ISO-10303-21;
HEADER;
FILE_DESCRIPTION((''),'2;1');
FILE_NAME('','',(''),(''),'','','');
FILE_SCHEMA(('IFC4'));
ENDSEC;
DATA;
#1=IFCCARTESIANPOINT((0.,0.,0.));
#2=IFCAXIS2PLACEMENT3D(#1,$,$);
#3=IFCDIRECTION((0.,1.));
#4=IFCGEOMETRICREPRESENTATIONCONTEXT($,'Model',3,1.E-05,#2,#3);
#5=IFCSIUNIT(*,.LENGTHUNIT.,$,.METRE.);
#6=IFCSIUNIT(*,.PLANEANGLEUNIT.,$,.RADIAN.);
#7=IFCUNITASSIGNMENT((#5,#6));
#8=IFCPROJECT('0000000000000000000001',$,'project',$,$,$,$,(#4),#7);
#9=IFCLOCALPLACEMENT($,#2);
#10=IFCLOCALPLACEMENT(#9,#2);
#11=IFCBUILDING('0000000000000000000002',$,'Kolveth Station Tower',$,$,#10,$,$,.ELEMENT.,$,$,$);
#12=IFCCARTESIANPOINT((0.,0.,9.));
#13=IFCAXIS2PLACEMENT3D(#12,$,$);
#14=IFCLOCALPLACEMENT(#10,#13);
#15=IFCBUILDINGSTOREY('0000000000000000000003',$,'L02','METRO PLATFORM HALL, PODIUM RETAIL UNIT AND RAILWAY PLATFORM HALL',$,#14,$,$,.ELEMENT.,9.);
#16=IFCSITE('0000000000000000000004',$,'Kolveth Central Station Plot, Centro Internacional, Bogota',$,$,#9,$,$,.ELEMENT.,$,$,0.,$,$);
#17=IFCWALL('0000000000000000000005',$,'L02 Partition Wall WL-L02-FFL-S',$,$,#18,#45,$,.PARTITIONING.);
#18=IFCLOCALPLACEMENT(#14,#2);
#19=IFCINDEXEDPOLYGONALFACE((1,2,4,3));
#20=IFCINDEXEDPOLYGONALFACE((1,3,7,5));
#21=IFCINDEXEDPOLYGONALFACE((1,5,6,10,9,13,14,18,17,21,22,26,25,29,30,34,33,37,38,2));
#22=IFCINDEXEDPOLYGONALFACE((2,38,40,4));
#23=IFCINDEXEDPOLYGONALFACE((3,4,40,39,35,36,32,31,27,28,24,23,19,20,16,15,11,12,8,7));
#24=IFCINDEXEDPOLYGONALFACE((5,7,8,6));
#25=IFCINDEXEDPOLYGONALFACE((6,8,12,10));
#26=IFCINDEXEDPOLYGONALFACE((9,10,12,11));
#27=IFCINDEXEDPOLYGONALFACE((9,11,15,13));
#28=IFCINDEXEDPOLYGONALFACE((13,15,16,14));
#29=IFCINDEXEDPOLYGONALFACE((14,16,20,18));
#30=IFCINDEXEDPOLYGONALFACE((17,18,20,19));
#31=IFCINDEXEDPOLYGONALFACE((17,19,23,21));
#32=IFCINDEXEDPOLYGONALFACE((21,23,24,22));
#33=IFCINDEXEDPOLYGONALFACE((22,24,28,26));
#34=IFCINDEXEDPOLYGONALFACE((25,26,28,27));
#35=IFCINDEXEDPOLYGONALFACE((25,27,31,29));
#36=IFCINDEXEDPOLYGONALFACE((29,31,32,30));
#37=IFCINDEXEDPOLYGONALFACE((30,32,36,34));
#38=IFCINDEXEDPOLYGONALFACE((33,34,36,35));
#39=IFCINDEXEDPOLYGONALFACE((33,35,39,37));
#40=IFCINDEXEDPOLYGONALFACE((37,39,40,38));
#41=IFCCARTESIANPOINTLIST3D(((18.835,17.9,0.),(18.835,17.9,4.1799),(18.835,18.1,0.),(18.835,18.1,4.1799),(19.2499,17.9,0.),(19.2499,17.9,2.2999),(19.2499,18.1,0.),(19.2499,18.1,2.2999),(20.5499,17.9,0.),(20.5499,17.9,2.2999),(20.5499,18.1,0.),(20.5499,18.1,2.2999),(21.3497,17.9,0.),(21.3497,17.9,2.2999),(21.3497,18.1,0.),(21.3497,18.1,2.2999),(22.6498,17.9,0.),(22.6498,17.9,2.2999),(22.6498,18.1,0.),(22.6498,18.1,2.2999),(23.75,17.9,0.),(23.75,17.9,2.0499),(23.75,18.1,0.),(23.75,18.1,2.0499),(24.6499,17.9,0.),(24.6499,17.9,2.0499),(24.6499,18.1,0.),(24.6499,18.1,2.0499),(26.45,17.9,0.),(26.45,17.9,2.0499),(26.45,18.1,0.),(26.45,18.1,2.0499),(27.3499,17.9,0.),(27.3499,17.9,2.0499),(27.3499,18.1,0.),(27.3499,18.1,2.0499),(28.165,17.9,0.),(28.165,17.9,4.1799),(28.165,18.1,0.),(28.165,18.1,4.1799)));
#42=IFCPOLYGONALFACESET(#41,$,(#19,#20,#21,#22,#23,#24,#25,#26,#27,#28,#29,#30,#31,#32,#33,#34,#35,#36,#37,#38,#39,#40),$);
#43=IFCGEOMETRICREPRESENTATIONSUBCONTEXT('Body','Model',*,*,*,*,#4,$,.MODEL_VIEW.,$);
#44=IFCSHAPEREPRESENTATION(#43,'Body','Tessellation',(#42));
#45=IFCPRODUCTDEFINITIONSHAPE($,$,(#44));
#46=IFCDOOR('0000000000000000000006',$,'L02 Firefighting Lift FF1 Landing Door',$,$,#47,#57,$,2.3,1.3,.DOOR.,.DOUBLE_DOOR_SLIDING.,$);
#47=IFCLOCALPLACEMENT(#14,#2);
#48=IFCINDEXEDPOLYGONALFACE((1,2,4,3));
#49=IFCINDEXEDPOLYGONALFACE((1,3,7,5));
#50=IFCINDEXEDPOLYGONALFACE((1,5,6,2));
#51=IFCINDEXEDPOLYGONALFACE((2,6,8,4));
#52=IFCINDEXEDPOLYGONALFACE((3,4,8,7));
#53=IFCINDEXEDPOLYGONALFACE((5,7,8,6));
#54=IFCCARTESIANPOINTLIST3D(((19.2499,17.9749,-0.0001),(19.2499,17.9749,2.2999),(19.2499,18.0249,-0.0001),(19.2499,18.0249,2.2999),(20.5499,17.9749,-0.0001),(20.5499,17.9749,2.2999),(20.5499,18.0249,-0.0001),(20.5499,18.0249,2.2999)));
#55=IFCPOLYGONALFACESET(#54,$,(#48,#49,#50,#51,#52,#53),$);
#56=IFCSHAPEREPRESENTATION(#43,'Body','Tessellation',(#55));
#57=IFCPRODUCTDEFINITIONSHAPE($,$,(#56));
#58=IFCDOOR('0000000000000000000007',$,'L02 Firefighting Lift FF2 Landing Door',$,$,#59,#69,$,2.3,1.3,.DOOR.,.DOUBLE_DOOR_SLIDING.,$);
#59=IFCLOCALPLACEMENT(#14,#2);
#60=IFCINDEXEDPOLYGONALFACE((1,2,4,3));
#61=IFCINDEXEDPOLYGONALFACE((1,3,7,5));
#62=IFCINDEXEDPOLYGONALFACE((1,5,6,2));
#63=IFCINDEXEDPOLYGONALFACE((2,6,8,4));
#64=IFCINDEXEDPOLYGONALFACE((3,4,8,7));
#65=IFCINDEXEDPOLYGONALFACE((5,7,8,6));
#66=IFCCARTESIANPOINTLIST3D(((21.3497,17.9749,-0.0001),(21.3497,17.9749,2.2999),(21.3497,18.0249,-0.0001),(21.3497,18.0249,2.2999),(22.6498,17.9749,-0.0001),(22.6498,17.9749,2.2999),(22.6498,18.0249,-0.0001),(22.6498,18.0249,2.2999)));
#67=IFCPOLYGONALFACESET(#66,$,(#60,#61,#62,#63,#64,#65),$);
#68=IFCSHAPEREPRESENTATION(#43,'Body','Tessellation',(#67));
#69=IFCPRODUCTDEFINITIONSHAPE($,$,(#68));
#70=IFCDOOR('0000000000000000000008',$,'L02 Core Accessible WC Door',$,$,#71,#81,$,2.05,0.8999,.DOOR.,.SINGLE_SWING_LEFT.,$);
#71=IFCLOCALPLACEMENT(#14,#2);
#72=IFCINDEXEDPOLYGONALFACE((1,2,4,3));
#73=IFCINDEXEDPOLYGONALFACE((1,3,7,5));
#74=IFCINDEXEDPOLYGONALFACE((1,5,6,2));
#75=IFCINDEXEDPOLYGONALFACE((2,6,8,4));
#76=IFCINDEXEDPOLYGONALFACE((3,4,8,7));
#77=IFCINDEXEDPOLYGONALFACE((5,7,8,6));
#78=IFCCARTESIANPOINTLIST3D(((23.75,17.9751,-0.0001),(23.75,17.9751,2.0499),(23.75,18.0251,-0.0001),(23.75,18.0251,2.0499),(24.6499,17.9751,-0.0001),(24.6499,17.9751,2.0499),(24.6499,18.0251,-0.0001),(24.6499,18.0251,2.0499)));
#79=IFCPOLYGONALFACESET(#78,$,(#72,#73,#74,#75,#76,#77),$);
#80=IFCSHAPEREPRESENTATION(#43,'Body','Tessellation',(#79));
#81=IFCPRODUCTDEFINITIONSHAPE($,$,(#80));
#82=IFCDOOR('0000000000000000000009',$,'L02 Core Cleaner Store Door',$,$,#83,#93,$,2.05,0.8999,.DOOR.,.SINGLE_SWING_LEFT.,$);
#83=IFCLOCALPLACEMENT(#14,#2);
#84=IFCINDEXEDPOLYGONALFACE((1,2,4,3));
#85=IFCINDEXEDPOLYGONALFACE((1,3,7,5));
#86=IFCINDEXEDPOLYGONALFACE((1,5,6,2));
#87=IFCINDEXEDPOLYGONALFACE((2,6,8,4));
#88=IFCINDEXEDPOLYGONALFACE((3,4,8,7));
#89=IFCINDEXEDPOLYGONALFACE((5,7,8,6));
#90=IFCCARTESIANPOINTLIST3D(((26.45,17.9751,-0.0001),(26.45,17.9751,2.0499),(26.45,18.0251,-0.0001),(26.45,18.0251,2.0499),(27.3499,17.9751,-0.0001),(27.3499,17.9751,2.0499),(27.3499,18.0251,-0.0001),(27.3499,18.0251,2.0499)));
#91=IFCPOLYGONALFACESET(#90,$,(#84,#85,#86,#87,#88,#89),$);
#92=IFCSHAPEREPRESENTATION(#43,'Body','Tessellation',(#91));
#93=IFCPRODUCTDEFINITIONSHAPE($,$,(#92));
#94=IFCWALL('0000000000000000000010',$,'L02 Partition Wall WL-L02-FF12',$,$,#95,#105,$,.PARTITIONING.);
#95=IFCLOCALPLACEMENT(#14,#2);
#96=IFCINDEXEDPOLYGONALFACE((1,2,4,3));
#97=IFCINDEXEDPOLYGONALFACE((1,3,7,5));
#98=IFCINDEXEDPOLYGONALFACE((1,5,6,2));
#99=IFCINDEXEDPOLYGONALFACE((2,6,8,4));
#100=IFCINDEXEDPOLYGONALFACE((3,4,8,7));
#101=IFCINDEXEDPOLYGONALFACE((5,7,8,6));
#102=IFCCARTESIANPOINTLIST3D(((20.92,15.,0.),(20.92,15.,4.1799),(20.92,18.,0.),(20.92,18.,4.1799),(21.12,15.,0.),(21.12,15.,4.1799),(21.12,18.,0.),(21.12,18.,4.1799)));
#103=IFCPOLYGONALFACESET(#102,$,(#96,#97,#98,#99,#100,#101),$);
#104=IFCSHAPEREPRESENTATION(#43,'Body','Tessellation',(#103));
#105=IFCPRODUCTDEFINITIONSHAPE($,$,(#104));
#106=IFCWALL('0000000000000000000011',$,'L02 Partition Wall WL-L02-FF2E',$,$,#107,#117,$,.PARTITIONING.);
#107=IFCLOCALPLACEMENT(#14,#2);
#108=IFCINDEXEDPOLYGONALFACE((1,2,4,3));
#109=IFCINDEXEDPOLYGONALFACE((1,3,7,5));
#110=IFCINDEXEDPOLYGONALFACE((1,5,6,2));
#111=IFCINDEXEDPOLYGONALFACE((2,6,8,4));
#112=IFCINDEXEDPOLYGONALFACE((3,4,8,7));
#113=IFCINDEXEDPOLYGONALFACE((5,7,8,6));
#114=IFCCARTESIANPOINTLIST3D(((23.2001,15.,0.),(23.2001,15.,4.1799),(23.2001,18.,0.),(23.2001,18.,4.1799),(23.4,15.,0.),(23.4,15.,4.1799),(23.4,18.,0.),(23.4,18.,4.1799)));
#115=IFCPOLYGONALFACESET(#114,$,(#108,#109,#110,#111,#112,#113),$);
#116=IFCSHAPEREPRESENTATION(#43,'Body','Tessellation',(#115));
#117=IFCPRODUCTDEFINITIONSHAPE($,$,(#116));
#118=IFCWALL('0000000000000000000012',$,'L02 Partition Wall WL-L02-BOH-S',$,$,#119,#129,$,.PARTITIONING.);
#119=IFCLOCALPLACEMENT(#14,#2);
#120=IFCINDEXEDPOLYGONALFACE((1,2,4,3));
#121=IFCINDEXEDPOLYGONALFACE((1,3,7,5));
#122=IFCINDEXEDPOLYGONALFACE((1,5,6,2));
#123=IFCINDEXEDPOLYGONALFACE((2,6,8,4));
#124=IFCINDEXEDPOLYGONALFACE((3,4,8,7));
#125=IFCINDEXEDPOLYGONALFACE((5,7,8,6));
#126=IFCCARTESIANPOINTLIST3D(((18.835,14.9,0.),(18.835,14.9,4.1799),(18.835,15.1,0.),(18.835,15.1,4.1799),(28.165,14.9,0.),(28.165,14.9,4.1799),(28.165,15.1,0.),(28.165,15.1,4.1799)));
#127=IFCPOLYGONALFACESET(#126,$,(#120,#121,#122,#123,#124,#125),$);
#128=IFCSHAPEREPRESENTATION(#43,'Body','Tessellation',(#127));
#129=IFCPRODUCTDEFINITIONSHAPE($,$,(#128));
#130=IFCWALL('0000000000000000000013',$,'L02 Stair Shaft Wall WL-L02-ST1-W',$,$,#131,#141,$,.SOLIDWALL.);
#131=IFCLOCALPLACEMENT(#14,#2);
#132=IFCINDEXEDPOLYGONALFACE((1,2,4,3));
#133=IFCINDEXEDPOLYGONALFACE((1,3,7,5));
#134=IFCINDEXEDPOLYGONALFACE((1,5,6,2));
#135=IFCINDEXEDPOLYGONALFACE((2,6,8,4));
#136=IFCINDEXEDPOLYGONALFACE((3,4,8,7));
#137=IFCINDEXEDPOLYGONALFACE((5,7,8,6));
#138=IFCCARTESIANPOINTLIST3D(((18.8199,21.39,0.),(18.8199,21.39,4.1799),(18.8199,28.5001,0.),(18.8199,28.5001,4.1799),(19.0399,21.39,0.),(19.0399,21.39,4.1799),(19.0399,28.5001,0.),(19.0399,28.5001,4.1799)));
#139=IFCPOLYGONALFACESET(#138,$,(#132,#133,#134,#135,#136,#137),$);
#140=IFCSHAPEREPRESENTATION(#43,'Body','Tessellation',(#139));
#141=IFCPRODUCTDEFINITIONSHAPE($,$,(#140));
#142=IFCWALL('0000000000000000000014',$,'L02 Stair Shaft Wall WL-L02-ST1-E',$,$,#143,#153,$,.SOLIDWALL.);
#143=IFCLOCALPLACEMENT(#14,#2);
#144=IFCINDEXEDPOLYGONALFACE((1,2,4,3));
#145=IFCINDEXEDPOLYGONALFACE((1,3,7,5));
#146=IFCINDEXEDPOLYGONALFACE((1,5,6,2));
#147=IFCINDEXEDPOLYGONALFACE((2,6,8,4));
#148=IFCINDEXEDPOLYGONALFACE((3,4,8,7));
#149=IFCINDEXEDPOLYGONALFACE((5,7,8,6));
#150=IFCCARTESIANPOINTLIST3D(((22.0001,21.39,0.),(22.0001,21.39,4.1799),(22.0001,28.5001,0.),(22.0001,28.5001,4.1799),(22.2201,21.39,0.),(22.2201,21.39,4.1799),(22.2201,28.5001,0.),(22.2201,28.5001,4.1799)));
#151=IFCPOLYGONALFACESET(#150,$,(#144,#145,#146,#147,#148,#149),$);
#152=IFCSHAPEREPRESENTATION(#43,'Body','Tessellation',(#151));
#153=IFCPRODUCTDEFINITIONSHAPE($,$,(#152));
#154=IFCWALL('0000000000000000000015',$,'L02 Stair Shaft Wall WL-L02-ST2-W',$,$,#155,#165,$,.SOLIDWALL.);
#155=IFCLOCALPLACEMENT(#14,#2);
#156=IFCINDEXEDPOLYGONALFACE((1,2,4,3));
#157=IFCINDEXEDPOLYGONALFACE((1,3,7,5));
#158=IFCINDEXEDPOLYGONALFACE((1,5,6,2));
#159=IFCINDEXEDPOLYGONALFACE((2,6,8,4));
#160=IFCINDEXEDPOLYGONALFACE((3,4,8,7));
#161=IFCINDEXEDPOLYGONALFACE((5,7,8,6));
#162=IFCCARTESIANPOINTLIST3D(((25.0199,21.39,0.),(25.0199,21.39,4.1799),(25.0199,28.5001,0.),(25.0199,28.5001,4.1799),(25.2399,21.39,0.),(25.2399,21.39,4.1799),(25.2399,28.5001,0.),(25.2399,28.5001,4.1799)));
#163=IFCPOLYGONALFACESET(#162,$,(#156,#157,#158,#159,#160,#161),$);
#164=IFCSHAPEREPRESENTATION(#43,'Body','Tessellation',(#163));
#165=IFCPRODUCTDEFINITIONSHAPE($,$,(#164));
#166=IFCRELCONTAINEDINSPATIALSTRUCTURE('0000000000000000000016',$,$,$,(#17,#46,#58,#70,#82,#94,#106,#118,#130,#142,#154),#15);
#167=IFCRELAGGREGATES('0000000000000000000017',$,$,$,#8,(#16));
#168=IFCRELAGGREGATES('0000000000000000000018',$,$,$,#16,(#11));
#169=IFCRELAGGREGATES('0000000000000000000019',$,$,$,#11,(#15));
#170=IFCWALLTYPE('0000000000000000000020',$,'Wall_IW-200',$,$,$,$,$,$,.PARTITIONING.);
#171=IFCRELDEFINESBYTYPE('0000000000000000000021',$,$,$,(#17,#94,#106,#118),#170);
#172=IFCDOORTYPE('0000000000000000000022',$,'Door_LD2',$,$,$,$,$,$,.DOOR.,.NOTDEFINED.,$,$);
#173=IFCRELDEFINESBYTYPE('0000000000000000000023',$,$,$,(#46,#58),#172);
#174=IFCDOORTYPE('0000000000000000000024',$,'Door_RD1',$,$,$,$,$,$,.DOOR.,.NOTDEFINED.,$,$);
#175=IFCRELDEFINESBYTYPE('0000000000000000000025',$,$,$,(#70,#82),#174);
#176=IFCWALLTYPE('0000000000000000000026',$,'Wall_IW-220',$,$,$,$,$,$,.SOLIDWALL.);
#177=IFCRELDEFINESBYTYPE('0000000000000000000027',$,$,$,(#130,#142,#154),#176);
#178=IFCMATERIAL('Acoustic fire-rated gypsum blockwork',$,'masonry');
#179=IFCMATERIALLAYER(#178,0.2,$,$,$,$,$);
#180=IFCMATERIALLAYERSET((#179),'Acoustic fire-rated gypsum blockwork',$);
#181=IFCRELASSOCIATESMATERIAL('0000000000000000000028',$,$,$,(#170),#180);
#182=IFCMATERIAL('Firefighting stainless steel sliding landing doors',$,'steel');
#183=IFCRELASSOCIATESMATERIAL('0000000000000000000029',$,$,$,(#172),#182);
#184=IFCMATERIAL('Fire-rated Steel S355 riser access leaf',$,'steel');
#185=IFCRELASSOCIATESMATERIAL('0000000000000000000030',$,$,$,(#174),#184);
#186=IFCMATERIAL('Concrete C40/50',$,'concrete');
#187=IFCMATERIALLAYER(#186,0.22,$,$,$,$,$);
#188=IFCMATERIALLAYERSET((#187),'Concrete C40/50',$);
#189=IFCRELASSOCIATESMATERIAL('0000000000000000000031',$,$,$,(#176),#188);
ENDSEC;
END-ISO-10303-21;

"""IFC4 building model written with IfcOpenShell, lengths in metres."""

from ifc_helpers import new_model, si_unit, direction, frame, frame_2d, origin, place, context, subcontext, project, spatial, rectangle, extrude, material, layer, layer_set, type_object, element, fill, save


model = new_model("IFC4")

# Units and contexts
model_context = context("Model", 3, precision=1e-05, world=origin(), true_north=direction((0.0, 1.0)))
body_context = subcontext(model_context, "Body", "Model", "MODEL_VIEW")
ifc_project = project(units=[si_unit("LENGTHUNIT", "METRE"), si_unit("PLANEANGLEUNIT", "RADIAN")], contexts=[model_context])

# Site, building, storey
site_placement = place(None, origin())
site = spatial("IfcSite", under=ifc_project, at=site_placement, Name="Kolveth Central Station Plot, Centro Internacional, Bogota", CompositionType="ELEMENT", RefElevation=0.0)
building_placement = place(site_placement, origin())
building = spatial("IfcBuilding", under=site, at=building_placement, Name="Kolveth Station Tower", CompositionType="ELEMENT")
storey_placement = place(building_placement, frame((0.0, 0.0, 9.0)))
storey = spatial("IfcBuildingStorey", under=building, at=storey_placement, Name="L02", Description="METRO PLATFORM HALL, PODIUM RETAIL UNIT AND RAILWAY PLATFORM HALL", CompositionType="ELEMENT", Elevation=9.0)

# Shared definitions
ifc_material_1 = material(Name="Acoustic fire-rated gypsum blockwork", Category="masonry")
ifc_layer_1 = layer(ifc_material_1, 0.2)
ifc_layer_set_1 = layer_set([ifc_layer_1], Name="Acoustic fire-rated gypsum blockwork")
wall_type_1 = type_object("IfcWallType", Name="Wall_IW-200", PredefinedType="PARTITIONING", material=ifc_layer_set_1)

# Wall, openings, doors
wall_1_placement = place(storey_placement, frame((18.835, 18.0, 0.0), z_axis=(0.0, 0.0, 1.0), x_axis=(1.0, 0.0, 0.0)))
wall_1 = element("IfcWall", 1, at=wall_1_placement, inside=storey, type_object=wall_type_1, Name="L02 Partition Wall WL-L02-FFL-S", PredefinedType="PARTITIONING", context=body_context, shape_type="SweptSolid", body=[
    extrude(rectangle(XDim=9.3301, YDim=0.2, at=frame_2d((4.665, 0.0))), origin(), (0.0, 0.0, 1.0), 4.1799),
])
opening_1_placement = place(wall_1_placement, frame((0.415, 0.0, 0.0)))
opening_1 = element("IfcOpeningElement", 2, at=opening_1_placement, cuts=wall_1, PredefinedType="OPENING", context=body_context, shape_type="SweptSolid", body=[
    extrude(rectangle(XDim=1.3, YDim=2.3, at=frame_2d((0.6499, 1.1499))), frame((0.0, 0.1099, 0.0), z_axis=(0.0, -1.0, 0.0), x_axis=(1.0, 0.0, 0.0)), (0.0, 0.0, 1.0), 0.22),
])
opening_2_placement = place(wall_1_placement, frame((2.5149, 0.0, 0.0)))
opening_2 = element("IfcOpeningElement", 3, at=opening_2_placement, cuts=wall_1, PredefinedType="OPENING", context=body_context, shape_type="SweptSolid", body=[
    extrude(rectangle(XDim=1.3, YDim=2.3, at=frame_2d((0.6499, 1.1499))), frame((0.0, 0.1099, 0.0), z_axis=(0.0, -1.0, 0.0), x_axis=(1.0, 0.0, 0.0)), (0.0, 0.0, 1.0), 0.22),
])
opening_3_placement = place(wall_1_placement, frame((4.915, 0.0, 0.0)))
opening_3 = element("IfcOpeningElement", 4, at=opening_3_placement, cuts=wall_1, PredefinedType="OPENING", context=body_context, shape_type="SweptSolid", body=[
    extrude(rectangle(XDim=0.8999, YDim=2.05, at=frame_2d((0.45, 1.0249))), frame((0.0, 0.1099, 0.0), z_axis=(0.0, -1.0, 0.0), x_axis=(1.0, 0.0, 0.0)), (0.0, 0.0, 1.0), 0.22),
])
opening_4_placement = place(wall_1_placement, frame((7.615, 0.0, 0.0)))
opening_4 = element("IfcOpeningElement", 5, at=opening_4_placement, cuts=wall_1, PredefinedType="OPENING", context=body_context, shape_type="SweptSolid", body=[
    extrude(rectangle(XDim=0.8999, YDim=2.05, at=frame_2d((0.45, 1.0249))), frame((0.0, 0.1099, 0.0), z_axis=(0.0, -1.0, 0.0), x_axis=(1.0, 0.0, 0.0)), (0.0, 0.0, 1.0), 0.22),
])
ifc_material_2 = material(Name="Firefighting stainless steel sliding landing doors", Category="steel")
door_type_1 = type_object("IfcDoorType", Name="Door_LD2", OperationType="NOTDEFINED", PredefinedType="DOOR", material=ifc_material_2)
door_1_placement = place(opening_1_placement, origin())
door_1 = element("IfcDoor", 6, at=door_1_placement, inside=storey, type_object=door_type_1, Name="L02 Firefighting Lift FF1 Landing Door", OperationType="DOUBLE_DOOR_SLIDING", OverallHeight=2.3, OverallWidth=1.3, PredefinedType="DOOR", context=body_context, shape_type="SweptSolid", body=[
    extrude(rectangle(XDim=1.3, YDim=2.3, at=frame_2d((0.6499, 1.1499))), frame((0.0, 0.0249, 0.0), z_axis=(0.0, -1.0, 0.0), x_axis=(1.0, 0.0, 0.0)), (0.0, 0.0, 1.0), 0.05),
])
fill(opening_1, door_1)
door_2_placement = place(opening_2_placement, origin())
door_2 = element("IfcDoor", 7, at=door_2_placement, inside=storey, type_object=door_type_1, Name="L02 Firefighting Lift FF2 Landing Door", OperationType="DOUBLE_DOOR_SLIDING", OverallHeight=2.3, OverallWidth=1.3, PredefinedType="DOOR", context=body_context, shape_type="SweptSolid", body=[
    extrude(rectangle(XDim=1.3, YDim=2.3, at=frame_2d((0.6499, 1.1499))), frame((0.0, 0.0249, 0.0), z_axis=(0.0, -1.0, 0.0), x_axis=(1.0, 0.0, 0.0)), (0.0, 0.0, 1.0), 0.05),
])
fill(opening_2, door_2)
ifc_material_3 = material(Name="Fire-rated Steel S355 riser access leaf", Category="steel")
door_type_2 = type_object("IfcDoorType", Name="Door_RD1", OperationType="NOTDEFINED", PredefinedType="DOOR", material=ifc_material_3)
door_3_placement = place(opening_3_placement, frame((0.8999, 0.0, 0.0), z_axis=(0.0, 0.0, 1.0), x_axis=(-1.0, 0.0, 0.0)))
door_3 = element("IfcDoor", 8, at=door_3_placement, inside=storey, type_object=door_type_2, Name="L02 Core Accessible WC Door", OperationType="SINGLE_SWING_LEFT", OverallHeight=2.05, OverallWidth=0.8999, PredefinedType="DOOR", context=body_context, shape_type="SweptSolid", body=[
    extrude(rectangle(XDim=0.8999, YDim=2.05, at=frame_2d((0.45, 1.0249))), frame((0.0, 0.0249, 0.0), z_axis=(0.0, -1.0, 0.0), x_axis=(1.0, 0.0, 0.0)), (0.0, 0.0, 1.0), 0.05),
])
fill(opening_3, door_3)
door_4_placement = place(opening_4_placement, frame((0.8999, 0.0, 0.0), z_axis=(0.0, 0.0, 1.0), x_axis=(-1.0, 0.0, 0.0)))
door_4 = element("IfcDoor", 9, at=door_4_placement, inside=storey, type_object=door_type_2, Name="L02 Core Cleaner Store Door", OperationType="SINGLE_SWING_LEFT", OverallHeight=2.05, OverallWidth=0.8999, PredefinedType="DOOR", context=body_context, shape_type="SweptSolid", body=[
    extrude(rectangle(XDim=0.8999, YDim=2.05, at=frame_2d((0.45, 1.0249))), frame((0.0, 0.0249, 0.0), z_axis=(0.0, -1.0, 0.0), x_axis=(1.0, 0.0, 0.0)), (0.0, 0.0, 1.0), 0.05),
])
fill(opening_4, door_4)

# Walls
for number, where, z_axis, x_axis, name in (
    (10, (21.02, 15.0, 0.0), (0.0, 0.0, 1.0), (0.0, 1.0, 0.0), "L02 Partition Wall WL-L02-FF12"),
    (11, (23.3, 15.0, 0.0), (0.0, 0.0, 1.0), (0.0, 1.0, 0.0), "L02 Partition Wall WL-L02-FF2E"),
):
    element("IfcWall", number, at=place(storey_placement, frame(where, z_axis=z_axis, x_axis=x_axis)), inside=storey, type_object=wall_type_1, Name=name, PredefinedType="PARTITIONING", context=body_context, shape_type="SweptSolid", body=[
        extrude(rectangle(XDim=3.0, YDim=0.2, at=frame_2d((1.5, 0.0))), origin(), (0.0, 0.0, 1.0), 4.1799),
    ])
wall_2_placement = place(storey_placement, frame((18.835, 15.0, 0.0), z_axis=(0.0, 0.0, 1.0), x_axis=(1.0, 0.0, 0.0)))
element("IfcWall", 12, at=wall_2_placement, inside=storey, type_object=wall_type_1, Name="L02 Partition Wall WL-L02-BOH-S", PredefinedType="PARTITIONING", context=body_context, shape_type="SweptSolid", body=[
    extrude(rectangle(XDim=9.3301, YDim=0.2, at=frame_2d((4.665, 0.0))), origin(), (0.0, 0.0, 1.0), 4.1799),
])
ifc_material_4 = material(Name="Concrete C40/50", Category="concrete")
ifc_layer_2 = layer(ifc_material_4, 0.22)
ifc_layer_set_2 = layer_set([ifc_layer_2], Name="Concrete C40/50")
wall_type_2 = type_object("IfcWallType", Name="Wall_IW-220", PredefinedType="SOLIDWALL", material=ifc_layer_set_2)
for number, where, z_axis, x_axis, name in (
    (13, (18.9299, 21.3899, 0.0), (0.0, 0.0, 1.0), (0.0, 1.0, 0.0), "L02 Stair Shaft Wall WL-L02-ST1-W"),
    (14, (22.1101, 21.3899, 0.0), (0.0, 0.0, 1.0), (0.0, 1.0, 0.0), "L02 Stair Shaft Wall WL-L02-ST1-E"),
    (15, (25.1299, 21.3899, 0.0), (0.0, 0.0, 1.0), (0.0, 1.0, 0.0), "L02 Stair Shaft Wall WL-L02-ST2-W"),
):
    element("IfcWall", number, at=place(storey_placement, frame(where, z_axis=z_axis, x_axis=x_axis)), inside=storey, type_object=wall_type_2, Name=name, PredefinedType="SOLIDWALL", context=body_context, shape_type="SweptSolid", body=[
        extrude(rectangle(XDim=7.1101, YDim=0.22, at=frame_2d((3.5552, 0.0))), origin(), (0.0, 0.0, 1.0), 4.1799),
    ])

save(model, "model.ifc")
